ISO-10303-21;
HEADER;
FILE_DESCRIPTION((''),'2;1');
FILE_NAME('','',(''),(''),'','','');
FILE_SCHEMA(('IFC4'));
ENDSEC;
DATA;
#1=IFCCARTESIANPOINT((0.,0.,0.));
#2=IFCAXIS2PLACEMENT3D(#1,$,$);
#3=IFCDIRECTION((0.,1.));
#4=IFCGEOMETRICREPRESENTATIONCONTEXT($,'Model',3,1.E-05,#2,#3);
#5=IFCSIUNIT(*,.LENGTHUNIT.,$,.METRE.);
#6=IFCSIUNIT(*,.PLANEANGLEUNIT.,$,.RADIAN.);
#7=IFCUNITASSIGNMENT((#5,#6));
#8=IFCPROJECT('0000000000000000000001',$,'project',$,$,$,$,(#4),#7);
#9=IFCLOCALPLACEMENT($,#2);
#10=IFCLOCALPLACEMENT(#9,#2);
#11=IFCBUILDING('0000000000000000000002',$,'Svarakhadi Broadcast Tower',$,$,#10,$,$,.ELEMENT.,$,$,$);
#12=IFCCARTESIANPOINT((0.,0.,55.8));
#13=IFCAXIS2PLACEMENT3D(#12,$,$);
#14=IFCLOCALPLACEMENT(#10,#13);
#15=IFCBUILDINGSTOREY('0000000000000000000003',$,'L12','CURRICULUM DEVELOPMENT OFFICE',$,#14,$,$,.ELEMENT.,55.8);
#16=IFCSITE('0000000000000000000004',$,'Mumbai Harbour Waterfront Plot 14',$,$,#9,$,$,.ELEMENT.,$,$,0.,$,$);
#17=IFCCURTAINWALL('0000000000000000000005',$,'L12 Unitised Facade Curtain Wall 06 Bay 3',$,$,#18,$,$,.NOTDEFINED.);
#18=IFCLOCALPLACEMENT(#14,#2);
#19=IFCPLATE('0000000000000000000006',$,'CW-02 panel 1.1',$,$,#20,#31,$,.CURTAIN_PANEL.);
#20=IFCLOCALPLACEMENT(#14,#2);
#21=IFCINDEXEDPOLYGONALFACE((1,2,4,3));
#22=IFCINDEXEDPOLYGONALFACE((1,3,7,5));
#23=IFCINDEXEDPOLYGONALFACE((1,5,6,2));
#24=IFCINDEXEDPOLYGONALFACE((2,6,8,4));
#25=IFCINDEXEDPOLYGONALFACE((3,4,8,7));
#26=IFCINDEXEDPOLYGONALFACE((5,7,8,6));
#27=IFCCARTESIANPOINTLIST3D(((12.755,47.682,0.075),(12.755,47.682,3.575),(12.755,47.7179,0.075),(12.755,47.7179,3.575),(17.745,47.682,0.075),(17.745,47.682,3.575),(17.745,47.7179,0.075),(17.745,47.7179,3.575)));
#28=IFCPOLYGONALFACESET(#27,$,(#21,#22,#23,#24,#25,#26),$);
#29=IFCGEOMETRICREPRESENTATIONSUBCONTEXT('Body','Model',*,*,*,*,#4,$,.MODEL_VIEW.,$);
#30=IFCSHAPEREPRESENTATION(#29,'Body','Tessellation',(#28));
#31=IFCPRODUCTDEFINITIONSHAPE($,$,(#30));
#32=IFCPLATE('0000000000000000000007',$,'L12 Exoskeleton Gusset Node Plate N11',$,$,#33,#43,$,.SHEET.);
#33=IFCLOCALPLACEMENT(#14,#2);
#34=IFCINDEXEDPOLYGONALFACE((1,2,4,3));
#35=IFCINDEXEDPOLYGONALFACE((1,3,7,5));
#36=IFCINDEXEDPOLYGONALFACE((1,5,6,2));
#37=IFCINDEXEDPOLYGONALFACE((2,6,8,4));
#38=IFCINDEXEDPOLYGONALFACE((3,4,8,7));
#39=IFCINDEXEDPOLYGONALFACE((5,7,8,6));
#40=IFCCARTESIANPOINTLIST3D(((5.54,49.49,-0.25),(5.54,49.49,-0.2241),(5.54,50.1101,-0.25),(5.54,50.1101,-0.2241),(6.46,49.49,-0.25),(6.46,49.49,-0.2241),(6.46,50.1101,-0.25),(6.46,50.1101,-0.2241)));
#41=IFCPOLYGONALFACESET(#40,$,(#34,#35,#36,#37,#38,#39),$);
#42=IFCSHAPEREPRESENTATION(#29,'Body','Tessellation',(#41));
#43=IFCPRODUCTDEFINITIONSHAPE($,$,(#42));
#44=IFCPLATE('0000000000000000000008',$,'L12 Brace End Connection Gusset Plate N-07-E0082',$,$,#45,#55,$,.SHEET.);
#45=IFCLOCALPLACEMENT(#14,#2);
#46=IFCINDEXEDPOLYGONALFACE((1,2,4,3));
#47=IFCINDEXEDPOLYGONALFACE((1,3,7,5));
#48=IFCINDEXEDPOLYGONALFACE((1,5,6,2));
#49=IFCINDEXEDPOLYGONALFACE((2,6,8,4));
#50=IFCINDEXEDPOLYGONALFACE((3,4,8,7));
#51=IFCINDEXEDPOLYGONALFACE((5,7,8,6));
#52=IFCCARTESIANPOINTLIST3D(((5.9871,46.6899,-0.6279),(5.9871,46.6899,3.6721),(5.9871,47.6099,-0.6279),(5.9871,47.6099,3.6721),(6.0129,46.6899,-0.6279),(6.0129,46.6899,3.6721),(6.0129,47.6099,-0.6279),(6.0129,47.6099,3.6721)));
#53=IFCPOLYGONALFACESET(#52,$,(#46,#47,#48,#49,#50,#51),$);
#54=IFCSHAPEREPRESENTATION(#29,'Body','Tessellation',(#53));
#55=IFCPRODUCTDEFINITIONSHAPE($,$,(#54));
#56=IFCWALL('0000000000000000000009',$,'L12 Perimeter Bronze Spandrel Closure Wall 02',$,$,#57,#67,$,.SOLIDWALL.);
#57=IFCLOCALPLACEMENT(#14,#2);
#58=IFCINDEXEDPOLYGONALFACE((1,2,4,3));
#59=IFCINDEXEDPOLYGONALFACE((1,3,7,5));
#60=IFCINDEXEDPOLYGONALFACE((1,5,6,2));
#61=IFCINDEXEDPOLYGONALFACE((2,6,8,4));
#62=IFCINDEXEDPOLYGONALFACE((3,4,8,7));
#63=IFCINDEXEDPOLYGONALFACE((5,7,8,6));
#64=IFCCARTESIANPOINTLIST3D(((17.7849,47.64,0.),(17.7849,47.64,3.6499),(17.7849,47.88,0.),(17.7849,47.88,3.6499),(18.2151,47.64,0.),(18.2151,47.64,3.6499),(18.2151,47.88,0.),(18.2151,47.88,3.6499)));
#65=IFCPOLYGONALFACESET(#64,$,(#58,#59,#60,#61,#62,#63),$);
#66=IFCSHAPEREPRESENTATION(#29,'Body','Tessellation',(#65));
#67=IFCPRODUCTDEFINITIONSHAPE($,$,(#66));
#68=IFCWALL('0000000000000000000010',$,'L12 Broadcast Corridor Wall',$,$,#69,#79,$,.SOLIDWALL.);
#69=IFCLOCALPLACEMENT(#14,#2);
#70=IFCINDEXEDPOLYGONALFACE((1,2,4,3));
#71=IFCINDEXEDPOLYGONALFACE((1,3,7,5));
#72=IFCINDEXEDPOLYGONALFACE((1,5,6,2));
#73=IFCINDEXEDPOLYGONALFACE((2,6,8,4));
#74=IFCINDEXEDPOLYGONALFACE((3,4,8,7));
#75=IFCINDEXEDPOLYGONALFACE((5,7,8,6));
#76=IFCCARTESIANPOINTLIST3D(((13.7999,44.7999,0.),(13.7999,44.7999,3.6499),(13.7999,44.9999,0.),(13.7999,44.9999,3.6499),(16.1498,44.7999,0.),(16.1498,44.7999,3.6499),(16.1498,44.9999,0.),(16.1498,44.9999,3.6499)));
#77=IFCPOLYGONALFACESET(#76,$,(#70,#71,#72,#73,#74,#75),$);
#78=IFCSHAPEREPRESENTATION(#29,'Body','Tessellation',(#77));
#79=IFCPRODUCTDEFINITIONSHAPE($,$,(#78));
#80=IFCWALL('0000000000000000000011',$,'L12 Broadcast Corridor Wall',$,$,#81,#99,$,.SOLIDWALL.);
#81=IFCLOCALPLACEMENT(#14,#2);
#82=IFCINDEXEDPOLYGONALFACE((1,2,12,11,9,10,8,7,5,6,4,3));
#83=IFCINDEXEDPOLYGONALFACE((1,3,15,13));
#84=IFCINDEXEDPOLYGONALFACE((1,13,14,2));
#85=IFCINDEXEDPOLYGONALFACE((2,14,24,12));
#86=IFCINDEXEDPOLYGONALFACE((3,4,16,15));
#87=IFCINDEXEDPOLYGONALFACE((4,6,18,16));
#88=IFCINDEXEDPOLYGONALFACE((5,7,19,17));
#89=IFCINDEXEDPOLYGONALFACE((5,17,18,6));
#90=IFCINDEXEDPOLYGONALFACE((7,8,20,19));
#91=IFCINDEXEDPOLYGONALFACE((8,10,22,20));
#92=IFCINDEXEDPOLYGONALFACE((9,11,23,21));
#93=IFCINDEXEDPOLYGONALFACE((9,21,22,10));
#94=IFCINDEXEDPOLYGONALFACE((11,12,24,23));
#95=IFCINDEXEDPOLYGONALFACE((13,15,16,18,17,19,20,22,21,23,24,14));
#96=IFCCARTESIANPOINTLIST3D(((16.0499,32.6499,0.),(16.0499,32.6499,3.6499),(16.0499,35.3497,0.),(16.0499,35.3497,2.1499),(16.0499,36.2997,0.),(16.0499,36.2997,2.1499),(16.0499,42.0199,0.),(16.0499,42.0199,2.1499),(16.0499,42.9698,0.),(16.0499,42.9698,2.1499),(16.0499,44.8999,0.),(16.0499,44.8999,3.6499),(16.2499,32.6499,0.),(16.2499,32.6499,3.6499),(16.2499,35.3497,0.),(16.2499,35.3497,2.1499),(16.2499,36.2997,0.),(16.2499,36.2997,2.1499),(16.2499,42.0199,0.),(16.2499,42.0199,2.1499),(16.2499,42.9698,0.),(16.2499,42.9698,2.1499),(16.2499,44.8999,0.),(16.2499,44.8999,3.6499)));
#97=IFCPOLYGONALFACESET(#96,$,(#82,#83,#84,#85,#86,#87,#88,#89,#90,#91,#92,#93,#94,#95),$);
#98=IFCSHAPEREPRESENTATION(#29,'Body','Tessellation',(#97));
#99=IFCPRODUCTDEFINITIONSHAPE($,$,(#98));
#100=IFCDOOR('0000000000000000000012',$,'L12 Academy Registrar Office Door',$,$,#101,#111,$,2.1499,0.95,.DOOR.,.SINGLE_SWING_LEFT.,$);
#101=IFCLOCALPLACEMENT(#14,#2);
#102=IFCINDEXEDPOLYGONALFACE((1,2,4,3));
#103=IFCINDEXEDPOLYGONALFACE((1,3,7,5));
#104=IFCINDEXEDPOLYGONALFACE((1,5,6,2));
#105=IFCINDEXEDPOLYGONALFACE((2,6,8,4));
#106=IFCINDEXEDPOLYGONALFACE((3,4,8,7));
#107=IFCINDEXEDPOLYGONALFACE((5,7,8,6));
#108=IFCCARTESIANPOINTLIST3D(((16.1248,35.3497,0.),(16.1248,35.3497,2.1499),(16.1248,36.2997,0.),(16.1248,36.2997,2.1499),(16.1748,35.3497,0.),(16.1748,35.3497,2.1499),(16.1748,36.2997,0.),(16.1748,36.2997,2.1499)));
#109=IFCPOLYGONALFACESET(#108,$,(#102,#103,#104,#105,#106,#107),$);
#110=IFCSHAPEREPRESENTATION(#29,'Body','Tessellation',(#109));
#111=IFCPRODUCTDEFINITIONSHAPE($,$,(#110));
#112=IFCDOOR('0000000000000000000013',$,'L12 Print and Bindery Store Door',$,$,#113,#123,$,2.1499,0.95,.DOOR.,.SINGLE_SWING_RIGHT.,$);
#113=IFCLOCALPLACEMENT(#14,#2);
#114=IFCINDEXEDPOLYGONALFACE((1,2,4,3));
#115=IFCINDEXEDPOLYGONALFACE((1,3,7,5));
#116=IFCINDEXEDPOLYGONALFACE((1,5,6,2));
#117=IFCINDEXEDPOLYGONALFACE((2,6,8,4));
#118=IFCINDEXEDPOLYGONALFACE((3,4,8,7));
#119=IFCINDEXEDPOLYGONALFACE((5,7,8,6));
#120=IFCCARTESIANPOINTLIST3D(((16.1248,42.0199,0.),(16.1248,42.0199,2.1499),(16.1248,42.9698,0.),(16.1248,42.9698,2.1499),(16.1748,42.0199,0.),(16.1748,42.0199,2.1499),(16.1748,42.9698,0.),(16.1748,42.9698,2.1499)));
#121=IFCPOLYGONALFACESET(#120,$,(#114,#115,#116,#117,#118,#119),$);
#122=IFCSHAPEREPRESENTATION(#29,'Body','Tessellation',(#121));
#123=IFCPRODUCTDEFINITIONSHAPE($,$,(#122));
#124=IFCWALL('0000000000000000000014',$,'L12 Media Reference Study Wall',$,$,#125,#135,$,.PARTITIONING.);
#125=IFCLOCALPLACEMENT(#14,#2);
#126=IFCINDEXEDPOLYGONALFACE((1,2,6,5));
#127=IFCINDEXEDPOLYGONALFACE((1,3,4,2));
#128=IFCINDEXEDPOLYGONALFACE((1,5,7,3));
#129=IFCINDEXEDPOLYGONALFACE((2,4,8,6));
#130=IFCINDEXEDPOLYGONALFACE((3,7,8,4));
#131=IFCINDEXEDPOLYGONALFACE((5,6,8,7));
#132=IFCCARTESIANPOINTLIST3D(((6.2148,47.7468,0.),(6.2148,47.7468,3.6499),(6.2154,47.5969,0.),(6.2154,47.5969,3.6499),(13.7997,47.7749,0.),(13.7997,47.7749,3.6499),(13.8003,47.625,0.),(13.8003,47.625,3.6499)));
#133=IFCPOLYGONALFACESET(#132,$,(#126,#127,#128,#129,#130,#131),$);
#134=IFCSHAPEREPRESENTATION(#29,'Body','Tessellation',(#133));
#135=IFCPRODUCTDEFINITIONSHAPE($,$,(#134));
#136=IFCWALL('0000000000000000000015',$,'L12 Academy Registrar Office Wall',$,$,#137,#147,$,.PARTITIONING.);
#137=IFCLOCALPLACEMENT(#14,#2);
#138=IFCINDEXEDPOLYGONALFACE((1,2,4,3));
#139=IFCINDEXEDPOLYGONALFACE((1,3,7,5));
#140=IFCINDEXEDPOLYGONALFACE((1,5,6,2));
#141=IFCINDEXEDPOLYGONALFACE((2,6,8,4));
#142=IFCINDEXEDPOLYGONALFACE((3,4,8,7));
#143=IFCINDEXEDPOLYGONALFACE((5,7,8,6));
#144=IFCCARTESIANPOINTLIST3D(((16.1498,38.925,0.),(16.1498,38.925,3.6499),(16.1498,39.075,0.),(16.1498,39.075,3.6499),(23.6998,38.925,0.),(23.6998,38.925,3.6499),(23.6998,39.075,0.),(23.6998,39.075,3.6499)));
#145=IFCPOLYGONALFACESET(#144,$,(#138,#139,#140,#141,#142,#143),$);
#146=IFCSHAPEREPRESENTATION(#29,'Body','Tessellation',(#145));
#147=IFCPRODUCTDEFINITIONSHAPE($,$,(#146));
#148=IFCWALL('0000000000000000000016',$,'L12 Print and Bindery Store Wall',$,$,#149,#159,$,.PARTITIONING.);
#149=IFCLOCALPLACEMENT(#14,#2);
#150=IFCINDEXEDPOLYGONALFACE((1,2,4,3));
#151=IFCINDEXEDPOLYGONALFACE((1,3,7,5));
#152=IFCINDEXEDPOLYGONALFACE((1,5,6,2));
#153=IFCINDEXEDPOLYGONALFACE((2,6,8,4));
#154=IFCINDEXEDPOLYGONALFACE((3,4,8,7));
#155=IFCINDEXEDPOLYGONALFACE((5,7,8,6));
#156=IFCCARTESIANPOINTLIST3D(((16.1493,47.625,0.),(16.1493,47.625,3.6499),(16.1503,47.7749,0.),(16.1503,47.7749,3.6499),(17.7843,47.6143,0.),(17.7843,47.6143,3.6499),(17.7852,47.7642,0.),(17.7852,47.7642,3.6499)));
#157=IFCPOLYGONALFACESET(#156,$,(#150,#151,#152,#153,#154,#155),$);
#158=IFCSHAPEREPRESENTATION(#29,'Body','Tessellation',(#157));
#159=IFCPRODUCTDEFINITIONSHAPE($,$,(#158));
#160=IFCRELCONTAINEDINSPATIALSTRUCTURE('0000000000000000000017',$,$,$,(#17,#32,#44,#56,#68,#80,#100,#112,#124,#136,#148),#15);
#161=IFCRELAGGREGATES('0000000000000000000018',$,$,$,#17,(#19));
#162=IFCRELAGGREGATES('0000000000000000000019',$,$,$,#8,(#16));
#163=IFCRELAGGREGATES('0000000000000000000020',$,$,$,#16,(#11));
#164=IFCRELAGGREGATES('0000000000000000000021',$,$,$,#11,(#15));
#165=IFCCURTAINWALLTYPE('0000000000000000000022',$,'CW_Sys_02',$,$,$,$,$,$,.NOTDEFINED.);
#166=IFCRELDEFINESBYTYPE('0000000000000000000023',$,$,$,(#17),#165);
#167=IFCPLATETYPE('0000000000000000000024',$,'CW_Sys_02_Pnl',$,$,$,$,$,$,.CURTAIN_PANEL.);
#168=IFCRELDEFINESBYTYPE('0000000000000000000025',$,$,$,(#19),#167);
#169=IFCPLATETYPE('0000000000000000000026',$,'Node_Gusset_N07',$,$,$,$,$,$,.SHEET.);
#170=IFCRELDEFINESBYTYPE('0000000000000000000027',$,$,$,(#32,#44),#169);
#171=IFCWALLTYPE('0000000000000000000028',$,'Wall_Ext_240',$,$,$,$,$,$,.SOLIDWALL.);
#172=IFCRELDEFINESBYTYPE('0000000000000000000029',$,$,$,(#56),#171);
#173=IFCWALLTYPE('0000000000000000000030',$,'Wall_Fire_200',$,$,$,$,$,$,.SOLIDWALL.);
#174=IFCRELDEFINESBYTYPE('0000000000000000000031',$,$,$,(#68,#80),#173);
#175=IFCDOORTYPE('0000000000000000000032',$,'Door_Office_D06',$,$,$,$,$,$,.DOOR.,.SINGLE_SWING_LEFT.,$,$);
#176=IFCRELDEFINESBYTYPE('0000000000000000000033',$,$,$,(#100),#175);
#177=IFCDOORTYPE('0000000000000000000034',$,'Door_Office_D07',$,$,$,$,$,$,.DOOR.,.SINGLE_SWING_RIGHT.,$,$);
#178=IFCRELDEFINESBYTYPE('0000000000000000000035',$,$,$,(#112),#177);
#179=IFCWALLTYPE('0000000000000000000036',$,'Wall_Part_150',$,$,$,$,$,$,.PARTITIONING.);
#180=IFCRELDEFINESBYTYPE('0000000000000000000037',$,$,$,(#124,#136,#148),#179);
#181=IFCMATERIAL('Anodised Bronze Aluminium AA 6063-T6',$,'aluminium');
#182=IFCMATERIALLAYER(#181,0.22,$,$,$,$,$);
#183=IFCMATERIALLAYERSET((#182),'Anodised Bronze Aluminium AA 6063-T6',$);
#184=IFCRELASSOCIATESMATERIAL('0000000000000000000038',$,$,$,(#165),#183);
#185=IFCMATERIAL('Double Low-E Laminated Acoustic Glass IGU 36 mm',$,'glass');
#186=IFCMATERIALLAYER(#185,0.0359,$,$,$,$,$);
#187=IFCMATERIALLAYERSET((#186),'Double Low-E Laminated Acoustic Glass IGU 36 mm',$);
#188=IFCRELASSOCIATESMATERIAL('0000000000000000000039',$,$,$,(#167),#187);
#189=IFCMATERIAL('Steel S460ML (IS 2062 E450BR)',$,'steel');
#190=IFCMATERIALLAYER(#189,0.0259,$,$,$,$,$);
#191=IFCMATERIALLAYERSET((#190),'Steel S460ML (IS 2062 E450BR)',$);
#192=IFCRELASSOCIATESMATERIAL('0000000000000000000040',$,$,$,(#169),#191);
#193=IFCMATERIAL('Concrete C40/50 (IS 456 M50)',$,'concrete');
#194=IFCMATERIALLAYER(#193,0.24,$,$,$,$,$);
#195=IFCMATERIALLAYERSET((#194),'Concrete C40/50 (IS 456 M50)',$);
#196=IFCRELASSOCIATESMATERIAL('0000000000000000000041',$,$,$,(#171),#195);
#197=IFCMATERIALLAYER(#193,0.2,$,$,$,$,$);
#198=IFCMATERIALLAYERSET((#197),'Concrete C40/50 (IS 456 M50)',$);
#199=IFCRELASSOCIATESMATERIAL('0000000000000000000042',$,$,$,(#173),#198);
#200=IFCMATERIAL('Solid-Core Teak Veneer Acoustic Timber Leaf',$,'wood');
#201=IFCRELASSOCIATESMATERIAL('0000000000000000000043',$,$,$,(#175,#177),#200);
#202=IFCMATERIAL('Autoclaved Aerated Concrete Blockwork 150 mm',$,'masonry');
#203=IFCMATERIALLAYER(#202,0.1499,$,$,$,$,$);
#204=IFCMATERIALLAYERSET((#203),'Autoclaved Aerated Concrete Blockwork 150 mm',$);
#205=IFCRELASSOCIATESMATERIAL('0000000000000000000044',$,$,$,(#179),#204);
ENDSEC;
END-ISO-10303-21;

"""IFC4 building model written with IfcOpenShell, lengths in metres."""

from ifc_helpers import new_model, si_unit, direction, frame, frame_2d, origin, origin_2d, place, context, subcontext, project, spatial, rectangle, extrude, material, layer, layer_set, type_object, element, fill, aggregate, save


model = new_model("IFC4")

# Units and contexts
model_context = context("Model", 3, precision=1e-05, world=origin(), true_north=direction((0.0, 1.0)))
body_context = subcontext(model_context, "Body", "Model", "MODEL_VIEW")
ifc_project = project(units=[si_unit("LENGTHUNIT", "METRE"), si_unit("PLANEANGLEUNIT", "RADIAN")], contexts=[model_context])

# Site, building, storey
site_placement = place(None, origin())
site = spatial("IfcSite", under=ifc_project, at=site_placement, Name="Mumbai Harbour Waterfront Plot 14", CompositionType="ELEMENT", RefElevation=0.0)
building_placement = place(site_placement, origin())
building = spatial("IfcBuilding", under=site, at=building_placement, Name="Svarakhadi Broadcast Tower", CompositionType="ELEMENT")
storey_placement = place(building_placement, frame((0.0, 0.0, 55.8)))
storey = spatial("IfcBuildingStorey", under=building, at=storey_placement, Name="L12", Description="CURRICULUM DEVELOPMENT OFFICE", CompositionType="ELEMENT", Elevation=55.8)

# Shared definitions
ifc_material_1 = material(Name="Steel S460ML (IS 2062 E450BR)", Category="steel")

# Curtain wall
ifc_material_2 = material(Name="Anodised Bronze Aluminium AA 6063-T6", Category="aluminium")
ifc_layer_1 = layer(ifc_material_2, 0.22)
ifc_layer_set_1 = layer_set([ifc_layer_1], Name="Anodised Bronze Aluminium AA 6063-T6")
curtain_wall_type = type_object("IfcCurtainWallType", Name="CW_Sys_02", PredefinedType="NOTDEFINED", material=ifc_layer_set_1)
curtain_wall_1_placement = place(storey_placement, origin())
curtain_wall_1 = element("IfcCurtainWall", 1, at=curtain_wall_1_placement, inside=storey, type_object=curtain_wall_type, Name="L12 Unitised Facade Curtain Wall 06 Bay 3", PredefinedType="NOTDEFINED")

# Plate
ifc_material_3 = material(Name="Double Low-E Laminated Acoustic Glass IGU 36 mm", Category="glass")
ifc_layer_2 = layer(ifc_material_3, 0.0359)
ifc_layer_set_2 = layer_set([ifc_layer_2], Name="Double Low-E Laminated Acoustic Glass IGU 36 mm")
plate_type_1 = type_object("IfcPlateType", Name="CW_Sys_02_Pnl", PredefinedType="CURTAIN_PANEL", material=ifc_layer_set_2)
plate_1_placement = place(storey_placement, frame((15.25, 47.7, 0.075), z_axis=(0.0, 0.0, 1.0), x_axis=(1.0, 0.0, 0.0)))
plate_1 = element("IfcPlate", 2, at=plate_1_placement, type_object=plate_type_1, Name="CW-02 panel 1.1", PredefinedType="CURTAIN_PANEL", context=body_context, shape_type="SweptSolid", body=[
    extrude(rectangle(XDim=4.99, YDim=0.0359, at=origin_2d()), origin(), (0.0, 0.0, 1.0), 3.5),
])
aggregate(curtain_wall_1, [plate_1])

# Plates
ifc_layer_3 = layer(ifc_material_1, 0.0259)
ifc_layer_set_3 = layer_set([ifc_layer_3], Name="Steel S460ML (IS 2062 E450BR)")
plate_type_2 = type_object("IfcPlateType", Name="Node_Gusset_N07", PredefinedType="SHEET", material=ifc_layer_set_3)
plate_2_placement = place(storey_placement, frame((6.0, 49.8, -0.25), z_axis=(0.0, 0.0, 1.0), x_axis=(1.0, 0.0, 0.0)))
element("IfcPlate", 3, at=plate_2_placement, inside=storey, type_object=plate_type_2, Name="L12 Exoskeleton Gusset Node Plate N11", PredefinedType="SHEET", context=body_context, shape_type="SweptSolid", body=[
    extrude(rectangle(XDim=0.9199, YDim=0.6201, at=origin_2d()), origin(), (0.0, 0.0, 1.0), 0.0259),
])
plate_3_placement = place(storey_placement, frame((6.0, 47.1499, -0.6279), z_axis=(0.0, 0.0, 1.0), x_axis=(0.0, 1.0, 0.0)))
element("IfcPlate", 4, at=plate_3_placement, inside=storey, type_object=plate_type_2, Name="L12 Brace End Connection Gusset Plate N-07-E0082", PredefinedType="SHEET", context=body_context, shape_type="SweptSolid", body=[
    extrude(rectangle(XDim=0.9199, YDim=0.0259, at=origin_2d()), origin(), (0.0, 0.0, 1.0), 4.3),
])

# Walls
ifc_material_4 = material(Name="Concrete C40/50 (IS 456 M50)", Category="concrete")
ifc_layer_4 = layer(ifc_material_4, 0.24)
ifc_layer_set_4 = layer_set([ifc_layer_4], Name="Concrete C40/50 (IS 456 M50)")
wall_type_1 = type_object("IfcWallType", Name="Wall_Ext_240", PredefinedType="SOLIDWALL", material=ifc_layer_set_4)
wall_1_placement = place(storey_placement, frame((17.7849, 47.76, 0.0), z_axis=(0.0, 0.0, 1.0), x_axis=(1.0, 0.0, 0.0)))
element("IfcWall", 5, at=wall_1_placement, inside=storey, type_object=wall_type_1, Name="L12 Perimeter Bronze Spandrel Closure Wall 02", PredefinedType="SOLIDWALL", context=body_context, shape_type="SweptSolid", body=[
    extrude(rectangle(XDim=0.4302, YDim=0.24, at=frame_2d((0.2151, 0.0))), origin(), (0.0, 0.0, 1.0), 3.6499),
])
ifc_layer_5 = layer(ifc_material_4, 0.2)
ifc_layer_set_5 = layer_set([ifc_layer_5], Name="Concrete C40/50 (IS 456 M50)")
wall_type_2 = type_object("IfcWallType", Name="Wall_Fire_200", PredefinedType="SOLIDWALL", material=ifc_layer_set_5)
wall_2_placement = place(storey_placement, frame((13.8, 44.8999, 0.0), z_axis=(0.0, 0.0, 1.0), x_axis=(1.0, 0.0, 0.0)))
element("IfcWall", 6, at=wall_2_placement, inside=storey, type_object=wall_type_2, Name="L12 Broadcast Corridor Wall", PredefinedType="SOLIDWALL", context=body_context, shape_type="SweptSolid", body=[
    extrude(rectangle(XDim=2.3499, YDim=0.2, at=frame_2d((1.1748, 0.0))), origin(), (0.0, 0.0, 1.0), 3.6499),
])

# Wall, openings, doors
wall_3_placement = place(storey_placement, frame((16.1499, 44.8999, 0.0), z_axis=(0.0, 0.0, 1.0), x_axis=(0.0, -1.0, 0.0)))
wall_3 = element("IfcWall", 7, at=wall_3_placement, inside=storey, type_object=wall_type_2, Name="L12 Broadcast Corridor Wall", PredefinedType="SOLIDWALL", context=body_context, shape_type="SweptSolid", body=[
    extrude(rectangle(XDim=12.25, YDim=0.2, at=frame_2d((6.125, 0.0))), origin(), (0.0, 0.0, 1.0), 3.6499),
])
opening_1_placement = place(wall_3_placement, frame((8.6001, 0.0, 0.0)))
opening_1 = element("IfcOpeningElement", 8, at=opening_1_placement, cuts=wall_3, PredefinedType="OPENING", context=body_context, shape_type="SweptSolid", body=[
    extrude(rectangle(XDim=0.95, YDim=2.1499, at=frame_2d((0.4751, 1.075))), frame((0.0, 0.1099, 0.0), z_axis=(0.0, -1.0, 0.0), x_axis=(1.0, 0.0, 0.0)), (0.0, 0.0, 1.0), 0.22),
])
opening_2_placement = place(wall_3_placement, frame((1.9299, 0.0, 0.0)))
opening_2 = element("IfcOpeningElement", 9, at=opening_2_placement, cuts=wall_3, PredefinedType="OPENING", context=body_context, shape_type="SweptSolid", body=[
    extrude(rectangle(XDim=0.95, YDim=2.1499, at=frame_2d((0.4751, 1.075))), frame((0.0, 0.1099, 0.0), z_axis=(0.0, -1.0, 0.0), x_axis=(1.0, 0.0, 0.0)), (0.0, 0.0, 1.0), 0.22),
])
ifc_material_5 = material(Name="Solid-Core Teak Veneer Acoustic Timber Leaf", Category="wood")
door_type_1 = type_object("IfcDoorType", Name="Door_Office_D06", OperationType="SINGLE_SWING_LEFT", PredefinedType="DOOR", material=ifc_material_5)
door_1_placement = place(opening_1_placement, origin())
door_1 = element("IfcDoor", 10, at=door_1_placement, inside=storey, type_object=door_type_1, Name="L12 Academy Registrar Office Door", OperationType="SINGLE_SWING_LEFT", OverallHeight=2.1499, OverallWidth=0.95, PredefinedType="DOOR", context=body_context, shape_type="SweptSolid", body=[
    extrude(rectangle(XDim=0.95, YDim=2.1499, at=frame_2d((0.4751, 1.075))), frame((0.0, 0.0249, 0.0), z_axis=(0.0, -1.0, 0.0), x_axis=(1.0, 0.0, 0.0)), (0.0, 0.0, 1.0), 0.05),
])
fill(opening_1, door_1)
door_type_2 = type_object("IfcDoorType", Name="Door_Office_D07", OperationType="SINGLE_SWING_RIGHT", PredefinedType="DOOR", material=ifc_material_5)
door_2_placement = place(opening_2_placement, origin())
door_2 = element("IfcDoor", 11, at=door_2_placement, inside=storey, type_object=door_type_2, Name="L12 Print and Bindery Store Door", OperationType="SINGLE_SWING_RIGHT", OverallHeight=2.1499, OverallWidth=0.95, PredefinedType="DOOR", context=body_context, shape_type="SweptSolid", body=[
    extrude(rectangle(XDim=0.95, YDim=2.1499, at=frame_2d((0.4751, 1.075))), frame((0.0, 0.0249, 0.0), z_axis=(0.0, -1.0, 0.0), x_axis=(1.0, 0.0, 0.0)), (0.0, 0.0, 1.0), 0.05),
])
fill(opening_2, door_2)

# Walls
ifc_material_6 = material(Name="Autoclaved Aerated Concrete Blockwork 150 mm", Category="masonry")
ifc_layer_6 = layer(ifc_material_6, 0.1499)
ifc_layer_set_6 = layer_set([ifc_layer_6], Name="Autoclaved Aerated Concrete Blockwork 150 mm")
wall_type_3 = type_object("IfcWallType", Name="Wall_Part_150", PredefinedType="PARTITIONING", material=ifc_layer_set_6)
wall_4_placement = place(storey_placement, frame((6.2151, 47.6719, 0.0), z_axis=(0.0, 0.0, 1.0), x_axis=(0.999993, 0.003702, 0.0)))
element("IfcWall", 12, at=wall_4_placement, inside=storey, type_object=wall_type_3, Name="L12 Media Reference Study Wall", PredefinedType="PARTITIONING", context=body_context, shape_type="SweptSolid", body=[
    extrude(rectangle(XDim=7.585, YDim=0.1499, at=frame_2d((3.7925, 0.0))), origin(), (0.0, 0.0, 1.0), 3.6499),
])
wall_5_placement = place(storey_placement, frame((16.1499, 39.0, 0.0), z_axis=(0.0, 0.0, 1.0), x_axis=(1.0, 0.0, 0.0)))
element("IfcWall", 13, at=wall_5_placement, inside=storey, type_object=wall_type_3, Name="L12 Academy Registrar Office Wall", PredefinedType="PARTITIONING", context=body_context, shape_type="SweptSolid", body=[
    extrude(rectangle(XDim=7.55, YDim=0.1499, at=frame_2d((3.7749, 0.0))), origin(), (0.0, 0.0, 1.0), 3.6499),
])
wall_6_placement = place(storey_placement, frame((16.1499, 47.7, 0.0), z_axis=(0.0, 0.0, 1.0), x_axis=(0.999978, -0.00657, 0.0)))
element("IfcWall", 14, at=wall_6_placement, inside=storey, type_object=wall_type_3, Name="L12 Print and Bindery Store Wall", PredefinedType="PARTITIONING", context=body_context, shape_type="SweptSolid", body=[
    extrude(rectangle(XDim=1.635, YDim=0.1499, at=frame_2d((0.8174, 0.0))), origin(), (0.0, 0.0, 1.0), 3.6499),
])

save(model, "model.ifc")
